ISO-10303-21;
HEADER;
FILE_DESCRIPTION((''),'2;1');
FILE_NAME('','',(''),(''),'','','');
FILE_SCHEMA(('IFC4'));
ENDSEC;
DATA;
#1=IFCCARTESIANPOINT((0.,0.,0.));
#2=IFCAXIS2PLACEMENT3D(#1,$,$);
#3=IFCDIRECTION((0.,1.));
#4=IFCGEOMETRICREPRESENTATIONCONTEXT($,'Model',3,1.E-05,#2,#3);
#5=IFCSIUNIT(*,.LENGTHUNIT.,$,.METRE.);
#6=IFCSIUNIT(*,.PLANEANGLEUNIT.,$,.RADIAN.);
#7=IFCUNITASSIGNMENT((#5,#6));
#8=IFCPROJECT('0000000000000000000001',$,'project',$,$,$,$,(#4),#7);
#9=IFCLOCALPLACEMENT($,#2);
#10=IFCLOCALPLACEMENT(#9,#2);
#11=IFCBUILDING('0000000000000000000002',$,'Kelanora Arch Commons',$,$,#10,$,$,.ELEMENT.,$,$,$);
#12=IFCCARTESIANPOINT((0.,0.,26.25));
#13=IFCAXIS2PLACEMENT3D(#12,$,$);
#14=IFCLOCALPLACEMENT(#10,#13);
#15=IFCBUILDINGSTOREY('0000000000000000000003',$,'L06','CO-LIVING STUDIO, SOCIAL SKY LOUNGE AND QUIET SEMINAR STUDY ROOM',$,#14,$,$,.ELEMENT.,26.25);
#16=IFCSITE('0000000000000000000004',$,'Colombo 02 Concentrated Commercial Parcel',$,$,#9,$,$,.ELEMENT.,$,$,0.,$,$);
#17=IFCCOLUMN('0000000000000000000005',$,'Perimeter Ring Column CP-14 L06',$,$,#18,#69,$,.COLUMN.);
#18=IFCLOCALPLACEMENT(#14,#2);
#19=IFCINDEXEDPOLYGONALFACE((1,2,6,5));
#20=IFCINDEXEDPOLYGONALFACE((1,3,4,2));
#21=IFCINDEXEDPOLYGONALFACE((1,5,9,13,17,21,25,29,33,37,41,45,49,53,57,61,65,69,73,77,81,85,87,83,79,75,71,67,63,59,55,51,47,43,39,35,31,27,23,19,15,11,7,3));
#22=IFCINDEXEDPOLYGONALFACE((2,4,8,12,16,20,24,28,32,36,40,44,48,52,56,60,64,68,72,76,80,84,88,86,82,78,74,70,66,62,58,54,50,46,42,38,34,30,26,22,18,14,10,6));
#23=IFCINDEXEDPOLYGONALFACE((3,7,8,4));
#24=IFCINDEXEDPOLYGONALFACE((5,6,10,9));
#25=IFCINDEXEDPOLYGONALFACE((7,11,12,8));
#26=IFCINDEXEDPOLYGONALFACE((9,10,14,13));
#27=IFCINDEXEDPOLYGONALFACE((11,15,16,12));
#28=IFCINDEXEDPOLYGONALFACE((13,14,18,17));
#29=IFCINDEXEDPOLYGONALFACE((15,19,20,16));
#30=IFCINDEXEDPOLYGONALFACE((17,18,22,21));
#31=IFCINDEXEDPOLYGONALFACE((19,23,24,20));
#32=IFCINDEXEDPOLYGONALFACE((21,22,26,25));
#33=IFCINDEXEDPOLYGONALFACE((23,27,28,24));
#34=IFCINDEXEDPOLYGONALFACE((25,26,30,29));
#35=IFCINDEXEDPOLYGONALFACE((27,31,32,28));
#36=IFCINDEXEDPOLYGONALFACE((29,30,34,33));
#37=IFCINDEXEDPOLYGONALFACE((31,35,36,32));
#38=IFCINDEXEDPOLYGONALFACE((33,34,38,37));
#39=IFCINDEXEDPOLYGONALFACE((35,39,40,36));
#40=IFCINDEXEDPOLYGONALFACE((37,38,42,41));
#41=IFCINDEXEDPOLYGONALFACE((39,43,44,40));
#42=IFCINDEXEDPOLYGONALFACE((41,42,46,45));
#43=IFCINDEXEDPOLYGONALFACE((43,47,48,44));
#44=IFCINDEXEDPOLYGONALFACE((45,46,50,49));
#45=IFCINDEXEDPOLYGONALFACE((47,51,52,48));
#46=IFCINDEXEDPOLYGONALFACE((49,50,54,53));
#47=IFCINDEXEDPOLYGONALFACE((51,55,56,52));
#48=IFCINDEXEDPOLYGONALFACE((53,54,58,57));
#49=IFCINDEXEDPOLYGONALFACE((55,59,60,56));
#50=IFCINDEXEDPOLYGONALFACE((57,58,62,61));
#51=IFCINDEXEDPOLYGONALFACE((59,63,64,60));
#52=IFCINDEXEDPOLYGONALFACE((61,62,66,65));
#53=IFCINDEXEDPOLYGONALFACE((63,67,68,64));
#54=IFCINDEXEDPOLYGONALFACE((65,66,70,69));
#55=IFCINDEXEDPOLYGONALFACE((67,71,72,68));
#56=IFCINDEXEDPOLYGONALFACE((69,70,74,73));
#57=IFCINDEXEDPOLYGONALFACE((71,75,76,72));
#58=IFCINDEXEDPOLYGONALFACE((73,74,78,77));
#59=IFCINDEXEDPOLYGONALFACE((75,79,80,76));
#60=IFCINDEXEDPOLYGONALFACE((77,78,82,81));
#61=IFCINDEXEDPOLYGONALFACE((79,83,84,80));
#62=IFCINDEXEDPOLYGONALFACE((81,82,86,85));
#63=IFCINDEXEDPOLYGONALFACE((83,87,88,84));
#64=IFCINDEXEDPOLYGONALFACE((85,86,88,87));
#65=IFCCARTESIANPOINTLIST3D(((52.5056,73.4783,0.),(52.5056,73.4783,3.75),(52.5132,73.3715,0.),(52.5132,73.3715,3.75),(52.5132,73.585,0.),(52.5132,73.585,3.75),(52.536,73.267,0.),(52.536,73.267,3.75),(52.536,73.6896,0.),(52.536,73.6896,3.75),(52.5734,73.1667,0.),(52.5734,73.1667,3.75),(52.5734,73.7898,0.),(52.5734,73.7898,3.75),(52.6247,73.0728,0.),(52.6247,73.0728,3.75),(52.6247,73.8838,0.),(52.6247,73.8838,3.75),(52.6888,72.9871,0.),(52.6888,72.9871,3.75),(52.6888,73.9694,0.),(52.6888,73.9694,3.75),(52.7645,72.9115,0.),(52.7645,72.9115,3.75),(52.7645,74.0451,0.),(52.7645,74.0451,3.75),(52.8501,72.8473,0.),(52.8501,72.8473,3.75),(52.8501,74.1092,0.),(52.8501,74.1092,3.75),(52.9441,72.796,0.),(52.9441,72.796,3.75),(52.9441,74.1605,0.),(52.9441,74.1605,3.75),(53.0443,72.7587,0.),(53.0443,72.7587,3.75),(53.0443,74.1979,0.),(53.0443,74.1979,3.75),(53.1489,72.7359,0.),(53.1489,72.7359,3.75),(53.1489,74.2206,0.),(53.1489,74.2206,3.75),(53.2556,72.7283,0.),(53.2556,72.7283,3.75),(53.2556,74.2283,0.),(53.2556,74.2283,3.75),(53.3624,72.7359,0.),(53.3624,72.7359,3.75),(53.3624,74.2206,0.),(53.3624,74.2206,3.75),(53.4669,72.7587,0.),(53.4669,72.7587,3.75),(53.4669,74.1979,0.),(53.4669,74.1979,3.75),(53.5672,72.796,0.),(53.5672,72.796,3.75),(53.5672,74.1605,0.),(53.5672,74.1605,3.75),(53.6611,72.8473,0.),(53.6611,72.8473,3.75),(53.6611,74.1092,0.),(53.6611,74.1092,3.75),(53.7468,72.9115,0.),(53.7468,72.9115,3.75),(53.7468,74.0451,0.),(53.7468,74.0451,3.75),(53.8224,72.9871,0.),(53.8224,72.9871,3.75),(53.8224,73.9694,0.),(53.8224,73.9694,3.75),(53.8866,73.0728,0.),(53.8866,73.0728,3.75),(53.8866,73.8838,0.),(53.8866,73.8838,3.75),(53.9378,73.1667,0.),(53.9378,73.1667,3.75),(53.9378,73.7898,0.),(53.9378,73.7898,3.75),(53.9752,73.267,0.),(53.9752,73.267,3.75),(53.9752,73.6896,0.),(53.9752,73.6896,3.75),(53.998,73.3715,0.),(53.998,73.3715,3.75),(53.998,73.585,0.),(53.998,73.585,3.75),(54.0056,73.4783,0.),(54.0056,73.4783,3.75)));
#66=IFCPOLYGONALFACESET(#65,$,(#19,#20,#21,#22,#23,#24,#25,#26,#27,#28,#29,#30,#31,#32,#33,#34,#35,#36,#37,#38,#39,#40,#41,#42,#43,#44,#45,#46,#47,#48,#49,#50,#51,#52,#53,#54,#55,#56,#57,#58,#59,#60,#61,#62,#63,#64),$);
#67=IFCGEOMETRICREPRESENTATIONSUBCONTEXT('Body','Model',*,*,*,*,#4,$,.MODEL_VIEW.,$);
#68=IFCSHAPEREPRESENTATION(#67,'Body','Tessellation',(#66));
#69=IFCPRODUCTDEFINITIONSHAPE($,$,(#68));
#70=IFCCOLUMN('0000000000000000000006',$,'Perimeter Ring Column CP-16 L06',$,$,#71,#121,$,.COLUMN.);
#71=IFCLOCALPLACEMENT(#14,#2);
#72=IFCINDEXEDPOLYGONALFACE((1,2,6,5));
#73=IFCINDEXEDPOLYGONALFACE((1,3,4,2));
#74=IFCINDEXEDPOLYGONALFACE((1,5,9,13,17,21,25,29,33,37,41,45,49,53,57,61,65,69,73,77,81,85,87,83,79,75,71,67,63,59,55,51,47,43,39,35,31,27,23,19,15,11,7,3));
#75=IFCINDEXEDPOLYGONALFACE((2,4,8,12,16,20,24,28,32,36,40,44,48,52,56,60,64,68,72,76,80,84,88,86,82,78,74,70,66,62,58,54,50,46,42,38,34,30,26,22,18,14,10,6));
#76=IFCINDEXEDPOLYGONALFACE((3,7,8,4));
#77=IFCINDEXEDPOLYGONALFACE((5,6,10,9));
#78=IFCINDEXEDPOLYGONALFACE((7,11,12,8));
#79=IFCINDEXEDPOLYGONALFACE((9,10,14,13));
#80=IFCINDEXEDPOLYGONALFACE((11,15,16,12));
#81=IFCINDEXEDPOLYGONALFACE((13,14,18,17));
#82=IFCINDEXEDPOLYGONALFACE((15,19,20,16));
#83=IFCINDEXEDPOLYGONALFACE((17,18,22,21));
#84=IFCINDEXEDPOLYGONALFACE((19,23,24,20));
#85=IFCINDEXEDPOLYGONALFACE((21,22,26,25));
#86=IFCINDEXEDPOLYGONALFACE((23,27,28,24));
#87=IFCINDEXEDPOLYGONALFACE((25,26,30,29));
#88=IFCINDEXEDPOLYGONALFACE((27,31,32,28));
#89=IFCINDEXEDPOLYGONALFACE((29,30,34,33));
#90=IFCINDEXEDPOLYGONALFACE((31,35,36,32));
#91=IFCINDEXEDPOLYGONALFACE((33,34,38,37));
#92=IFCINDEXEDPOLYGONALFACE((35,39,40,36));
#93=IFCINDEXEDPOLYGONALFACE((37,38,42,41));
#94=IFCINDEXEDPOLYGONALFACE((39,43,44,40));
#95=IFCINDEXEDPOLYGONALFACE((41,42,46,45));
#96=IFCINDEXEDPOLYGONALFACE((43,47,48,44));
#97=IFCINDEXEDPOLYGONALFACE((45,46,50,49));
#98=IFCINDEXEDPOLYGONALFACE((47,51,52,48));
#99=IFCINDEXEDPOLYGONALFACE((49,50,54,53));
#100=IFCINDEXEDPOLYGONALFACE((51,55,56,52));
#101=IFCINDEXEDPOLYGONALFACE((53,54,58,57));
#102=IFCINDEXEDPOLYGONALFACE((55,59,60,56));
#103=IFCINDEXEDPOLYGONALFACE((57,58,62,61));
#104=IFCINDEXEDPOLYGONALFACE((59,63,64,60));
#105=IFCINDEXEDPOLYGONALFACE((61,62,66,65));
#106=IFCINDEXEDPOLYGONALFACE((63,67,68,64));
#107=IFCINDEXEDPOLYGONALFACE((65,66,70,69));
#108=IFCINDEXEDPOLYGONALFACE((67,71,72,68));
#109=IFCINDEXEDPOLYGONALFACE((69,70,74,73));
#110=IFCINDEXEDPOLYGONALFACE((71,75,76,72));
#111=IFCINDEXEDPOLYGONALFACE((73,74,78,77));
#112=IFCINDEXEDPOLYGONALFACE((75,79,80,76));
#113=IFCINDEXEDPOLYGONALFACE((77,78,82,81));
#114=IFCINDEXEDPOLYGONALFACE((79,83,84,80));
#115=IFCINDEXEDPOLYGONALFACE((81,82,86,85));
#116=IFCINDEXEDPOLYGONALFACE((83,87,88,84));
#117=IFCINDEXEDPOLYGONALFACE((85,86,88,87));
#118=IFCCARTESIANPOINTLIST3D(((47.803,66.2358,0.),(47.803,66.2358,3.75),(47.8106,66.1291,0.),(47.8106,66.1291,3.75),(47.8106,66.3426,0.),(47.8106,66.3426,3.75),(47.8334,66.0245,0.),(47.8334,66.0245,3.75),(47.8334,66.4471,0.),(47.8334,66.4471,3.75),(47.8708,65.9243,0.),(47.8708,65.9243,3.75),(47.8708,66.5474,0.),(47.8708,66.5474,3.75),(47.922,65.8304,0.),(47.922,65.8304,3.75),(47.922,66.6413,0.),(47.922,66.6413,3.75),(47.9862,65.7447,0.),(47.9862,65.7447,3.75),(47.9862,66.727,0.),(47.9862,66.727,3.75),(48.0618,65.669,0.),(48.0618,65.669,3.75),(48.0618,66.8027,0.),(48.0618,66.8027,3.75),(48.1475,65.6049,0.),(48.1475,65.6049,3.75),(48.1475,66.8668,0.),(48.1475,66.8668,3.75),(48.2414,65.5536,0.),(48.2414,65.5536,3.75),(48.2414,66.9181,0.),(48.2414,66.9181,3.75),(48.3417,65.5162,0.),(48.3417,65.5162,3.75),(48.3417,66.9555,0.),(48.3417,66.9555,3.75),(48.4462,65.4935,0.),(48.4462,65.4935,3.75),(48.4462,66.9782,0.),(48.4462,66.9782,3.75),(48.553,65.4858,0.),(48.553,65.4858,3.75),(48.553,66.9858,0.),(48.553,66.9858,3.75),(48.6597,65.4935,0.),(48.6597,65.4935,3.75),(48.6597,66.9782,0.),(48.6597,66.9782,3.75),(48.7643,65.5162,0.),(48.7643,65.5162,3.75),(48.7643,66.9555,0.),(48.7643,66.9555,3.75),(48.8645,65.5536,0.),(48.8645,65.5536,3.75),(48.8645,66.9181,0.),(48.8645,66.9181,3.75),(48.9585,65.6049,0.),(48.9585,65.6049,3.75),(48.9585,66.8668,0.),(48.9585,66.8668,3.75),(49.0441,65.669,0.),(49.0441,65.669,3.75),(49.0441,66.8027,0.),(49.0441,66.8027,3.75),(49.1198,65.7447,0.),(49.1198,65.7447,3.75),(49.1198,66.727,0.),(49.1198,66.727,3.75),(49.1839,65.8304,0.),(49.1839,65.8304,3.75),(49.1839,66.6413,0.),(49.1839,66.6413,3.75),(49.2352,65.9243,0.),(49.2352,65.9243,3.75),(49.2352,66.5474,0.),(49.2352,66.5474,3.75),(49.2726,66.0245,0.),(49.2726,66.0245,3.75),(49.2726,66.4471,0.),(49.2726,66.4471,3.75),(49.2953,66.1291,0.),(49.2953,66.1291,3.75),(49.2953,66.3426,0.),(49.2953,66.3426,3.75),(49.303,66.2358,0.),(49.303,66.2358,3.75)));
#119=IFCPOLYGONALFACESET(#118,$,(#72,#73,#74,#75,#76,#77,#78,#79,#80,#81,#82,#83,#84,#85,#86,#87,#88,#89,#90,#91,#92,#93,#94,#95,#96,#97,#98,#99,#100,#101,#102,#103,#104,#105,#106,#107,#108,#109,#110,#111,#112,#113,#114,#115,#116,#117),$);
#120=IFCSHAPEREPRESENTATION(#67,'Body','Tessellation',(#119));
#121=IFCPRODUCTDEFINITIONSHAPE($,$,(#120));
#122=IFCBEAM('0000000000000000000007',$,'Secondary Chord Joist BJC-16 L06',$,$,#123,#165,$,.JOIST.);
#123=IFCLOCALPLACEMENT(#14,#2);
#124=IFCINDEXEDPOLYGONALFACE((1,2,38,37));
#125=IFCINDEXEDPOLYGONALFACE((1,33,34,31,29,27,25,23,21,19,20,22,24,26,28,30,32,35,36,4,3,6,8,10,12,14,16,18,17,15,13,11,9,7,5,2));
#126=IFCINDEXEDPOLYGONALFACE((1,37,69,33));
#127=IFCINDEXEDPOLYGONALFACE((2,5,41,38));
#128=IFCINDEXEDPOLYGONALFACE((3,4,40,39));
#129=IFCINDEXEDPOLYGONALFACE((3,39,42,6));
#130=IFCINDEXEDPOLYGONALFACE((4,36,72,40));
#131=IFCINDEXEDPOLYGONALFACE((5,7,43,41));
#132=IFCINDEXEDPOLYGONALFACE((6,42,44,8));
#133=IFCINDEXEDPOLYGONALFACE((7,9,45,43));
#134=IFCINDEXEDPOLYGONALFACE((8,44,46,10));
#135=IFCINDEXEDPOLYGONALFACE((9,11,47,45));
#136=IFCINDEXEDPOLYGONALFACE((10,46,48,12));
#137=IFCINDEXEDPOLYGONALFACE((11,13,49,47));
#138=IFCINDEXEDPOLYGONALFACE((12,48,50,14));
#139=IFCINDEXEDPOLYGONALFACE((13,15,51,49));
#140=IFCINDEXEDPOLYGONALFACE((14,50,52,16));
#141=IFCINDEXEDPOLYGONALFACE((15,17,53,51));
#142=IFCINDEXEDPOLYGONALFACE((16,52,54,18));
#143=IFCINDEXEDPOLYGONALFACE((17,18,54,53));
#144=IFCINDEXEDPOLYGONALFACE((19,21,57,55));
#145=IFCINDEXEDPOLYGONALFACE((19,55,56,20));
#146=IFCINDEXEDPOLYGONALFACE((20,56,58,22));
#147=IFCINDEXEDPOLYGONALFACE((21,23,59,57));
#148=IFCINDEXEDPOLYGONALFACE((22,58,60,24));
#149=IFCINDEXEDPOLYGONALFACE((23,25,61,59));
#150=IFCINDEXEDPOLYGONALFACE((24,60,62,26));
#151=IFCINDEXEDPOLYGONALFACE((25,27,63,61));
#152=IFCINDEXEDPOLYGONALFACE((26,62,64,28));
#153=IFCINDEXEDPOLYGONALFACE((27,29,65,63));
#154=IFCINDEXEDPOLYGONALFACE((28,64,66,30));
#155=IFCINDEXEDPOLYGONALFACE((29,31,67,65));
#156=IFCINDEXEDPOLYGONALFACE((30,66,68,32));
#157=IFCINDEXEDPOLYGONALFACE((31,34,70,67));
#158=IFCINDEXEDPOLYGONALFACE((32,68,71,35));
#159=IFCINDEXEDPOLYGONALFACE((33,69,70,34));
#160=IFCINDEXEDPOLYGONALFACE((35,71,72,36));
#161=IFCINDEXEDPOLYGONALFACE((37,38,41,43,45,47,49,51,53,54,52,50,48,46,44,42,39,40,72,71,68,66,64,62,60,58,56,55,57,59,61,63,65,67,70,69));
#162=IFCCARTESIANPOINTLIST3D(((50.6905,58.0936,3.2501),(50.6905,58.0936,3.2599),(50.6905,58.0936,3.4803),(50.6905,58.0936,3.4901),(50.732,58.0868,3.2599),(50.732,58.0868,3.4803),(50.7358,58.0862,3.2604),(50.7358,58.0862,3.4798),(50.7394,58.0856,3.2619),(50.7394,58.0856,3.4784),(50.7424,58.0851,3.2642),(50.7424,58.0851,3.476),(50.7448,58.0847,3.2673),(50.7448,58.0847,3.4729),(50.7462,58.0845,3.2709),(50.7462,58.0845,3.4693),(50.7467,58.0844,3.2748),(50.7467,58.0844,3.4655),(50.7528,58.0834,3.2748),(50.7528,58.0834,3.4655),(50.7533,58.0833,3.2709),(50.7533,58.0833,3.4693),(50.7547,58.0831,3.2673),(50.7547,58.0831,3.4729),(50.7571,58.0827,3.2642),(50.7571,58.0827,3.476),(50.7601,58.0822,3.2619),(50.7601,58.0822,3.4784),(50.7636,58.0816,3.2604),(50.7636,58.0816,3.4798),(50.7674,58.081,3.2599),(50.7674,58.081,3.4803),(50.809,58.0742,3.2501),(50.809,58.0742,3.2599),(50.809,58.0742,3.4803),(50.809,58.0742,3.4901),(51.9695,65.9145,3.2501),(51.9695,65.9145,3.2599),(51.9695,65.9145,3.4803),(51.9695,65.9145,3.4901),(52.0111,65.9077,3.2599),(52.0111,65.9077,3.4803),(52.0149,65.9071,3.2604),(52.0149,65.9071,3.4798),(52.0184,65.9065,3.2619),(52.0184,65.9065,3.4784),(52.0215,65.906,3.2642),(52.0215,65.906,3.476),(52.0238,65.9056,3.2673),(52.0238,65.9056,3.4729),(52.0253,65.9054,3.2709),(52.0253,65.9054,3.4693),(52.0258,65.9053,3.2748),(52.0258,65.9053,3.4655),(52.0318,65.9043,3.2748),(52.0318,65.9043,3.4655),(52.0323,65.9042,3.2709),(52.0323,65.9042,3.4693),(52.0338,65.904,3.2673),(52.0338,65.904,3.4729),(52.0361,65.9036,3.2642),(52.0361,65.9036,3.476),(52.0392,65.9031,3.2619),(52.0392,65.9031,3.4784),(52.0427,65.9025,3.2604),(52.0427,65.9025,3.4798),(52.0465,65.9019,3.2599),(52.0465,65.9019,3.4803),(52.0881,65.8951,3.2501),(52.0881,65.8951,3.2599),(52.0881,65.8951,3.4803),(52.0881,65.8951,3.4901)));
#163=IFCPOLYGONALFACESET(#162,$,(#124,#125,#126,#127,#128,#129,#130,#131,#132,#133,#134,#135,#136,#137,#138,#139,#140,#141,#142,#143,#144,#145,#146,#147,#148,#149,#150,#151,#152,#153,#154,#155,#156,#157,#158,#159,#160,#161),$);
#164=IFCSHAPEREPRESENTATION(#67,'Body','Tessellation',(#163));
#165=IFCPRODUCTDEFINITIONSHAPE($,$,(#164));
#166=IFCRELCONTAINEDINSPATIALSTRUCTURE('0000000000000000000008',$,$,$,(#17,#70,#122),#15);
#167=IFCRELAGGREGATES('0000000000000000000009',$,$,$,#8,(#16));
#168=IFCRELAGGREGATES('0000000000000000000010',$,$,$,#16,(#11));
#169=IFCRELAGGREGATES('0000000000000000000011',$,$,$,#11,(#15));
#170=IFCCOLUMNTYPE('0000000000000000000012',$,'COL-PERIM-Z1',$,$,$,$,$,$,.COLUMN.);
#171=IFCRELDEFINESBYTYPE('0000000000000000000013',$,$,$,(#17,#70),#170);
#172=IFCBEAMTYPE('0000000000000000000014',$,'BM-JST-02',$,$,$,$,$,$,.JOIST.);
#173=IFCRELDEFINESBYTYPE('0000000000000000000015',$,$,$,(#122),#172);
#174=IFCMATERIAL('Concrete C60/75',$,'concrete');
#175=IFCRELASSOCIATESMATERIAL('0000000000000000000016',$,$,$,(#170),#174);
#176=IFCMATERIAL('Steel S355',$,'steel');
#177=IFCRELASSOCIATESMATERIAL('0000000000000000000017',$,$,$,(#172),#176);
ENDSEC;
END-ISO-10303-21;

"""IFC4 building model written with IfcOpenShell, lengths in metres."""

from ifc_helpers import new_model, si_unit, direction, frame, origin, origin_2d, place, context, subcontext, project, spatial, circle, i_section, extrude, material, material_profile, profile_set, type_object, element, save


model = new_model("IFC4")

# Units and contexts
model_context = context("Model", 3, precision=1e-05, world=origin(), true_north=direction((0.0, 1.0)))
body_context = subcontext(model_context, "Body", "Model", "MODEL_VIEW")
ifc_project = project(units=[si_unit("LENGTHUNIT", "METRE"), si_unit("PLANEANGLEUNIT", "RADIAN")], contexts=[model_context])

# Site, building, storey
site_placement = place(None, origin())
site = spatial("IfcSite", under=ifc_project, at=site_placement, Name="Colombo 02 Concentrated Commercial Parcel", CompositionType="ELEMENT", RefElevation=0.0)
building_placement = place(site_placement, origin())
building = spatial("IfcBuilding", under=site, at=building_placement, Name="Kelanora Arch Commons", CompositionType="ELEMENT")
storey_placement = place(building_placement, frame((0.0, 0.0, 26.25)))
storey = spatial("IfcBuildingStorey", under=building, at=storey_placement, Name="L06", Description="CO-LIVING STUDIO, SOCIAL SKY LOUNGE AND QUIET SEMINAR STUDY ROOM", CompositionType="ELEMENT", Elevation=26.25)

# Columns
ifc_material_1 = material(Name="Concrete C60/75", Category="concrete")
ifc_material_profile_1 = material_profile(ifc_material_1, circle(Radius=0.75, at=origin_2d()), Name="RCC1500")
ifc_profile_set_1 = profile_set([ifc_material_profile_1], Name="Concrete C60/75")
column_type = type_object("IfcColumnType", Name="COL-PERIM-Z1", PredefinedType="COLUMN", material=ifc_profile_set_1)
for number, where, z_axis, x_axis, name in (
    (1, (53.2556, 73.4783, 0.0), (0.0, 0.0, 1.0), (1.0, 0.0, 0.0), "Perimeter Ring Column CP-14 L06"),
    (2, (48.553, 66.2358, 0.0), (0.0, 0.0, 1.0), (1.0, 0.0, 0.0), "Perimeter Ring Column CP-16 L06"),
):
    element("IfcColumn", number, at=place(storey_placement, frame(where, z_axis=z_axis, x_axis=x_axis)), inside=storey, type_object=column_type, Name=name, PredefinedType="COLUMN", context=body_context, shape_type="SweptSolid", body=[
        extrude(circle(Radius=0.75, at=origin_2d()), origin(), (0.0, 0.0, 1.0), 3.75),
    ])

# Beam
ifc_material_2 = material(Name="Steel S355", Category="steel")
ifc_material_profile_2 = material_profile(ifc_material_2, i_section(OverallWidth=0.1201, OverallDepth=0.24, WebThickness=0.0061, FlangeThickness=0.0098, FilletRadius=0.0149, at=origin_2d()), Name="IPE240")
ifc_profile_set_2 = profile_set([ifc_material_profile_2], Name="Steel S355")
beam_type_1 = type_object("IfcBeamType", Name="BM-JST-02", PredefinedType="JOIST", material=ifc_profile_set_2)
beam_1_placement = place(storey_placement, frame((52.0288, 65.9048, 3.3701), z_axis=(-0.161401, -0.986889, 0.0), x_axis=(0.986889, -0.161401, 0.0)))
element("IfcBeam", 3, at=beam_1_placement, inside=storey, type_object=beam_type_1, Name="Secondary Chord Joist BJC-16 L06", PredefinedType="JOIST", context=body_context, shape_type="SweptSolid", body=[
    extrude(i_section(OverallWidth=0.1201, OverallDepth=0.24, WebThickness=0.0061, FlangeThickness=0.0098, FilletRadius=0.0149, at=origin_2d()), origin(), (0.0, 0.0, 1.0), 7.9248),
])

save(model, "model.ifc")
